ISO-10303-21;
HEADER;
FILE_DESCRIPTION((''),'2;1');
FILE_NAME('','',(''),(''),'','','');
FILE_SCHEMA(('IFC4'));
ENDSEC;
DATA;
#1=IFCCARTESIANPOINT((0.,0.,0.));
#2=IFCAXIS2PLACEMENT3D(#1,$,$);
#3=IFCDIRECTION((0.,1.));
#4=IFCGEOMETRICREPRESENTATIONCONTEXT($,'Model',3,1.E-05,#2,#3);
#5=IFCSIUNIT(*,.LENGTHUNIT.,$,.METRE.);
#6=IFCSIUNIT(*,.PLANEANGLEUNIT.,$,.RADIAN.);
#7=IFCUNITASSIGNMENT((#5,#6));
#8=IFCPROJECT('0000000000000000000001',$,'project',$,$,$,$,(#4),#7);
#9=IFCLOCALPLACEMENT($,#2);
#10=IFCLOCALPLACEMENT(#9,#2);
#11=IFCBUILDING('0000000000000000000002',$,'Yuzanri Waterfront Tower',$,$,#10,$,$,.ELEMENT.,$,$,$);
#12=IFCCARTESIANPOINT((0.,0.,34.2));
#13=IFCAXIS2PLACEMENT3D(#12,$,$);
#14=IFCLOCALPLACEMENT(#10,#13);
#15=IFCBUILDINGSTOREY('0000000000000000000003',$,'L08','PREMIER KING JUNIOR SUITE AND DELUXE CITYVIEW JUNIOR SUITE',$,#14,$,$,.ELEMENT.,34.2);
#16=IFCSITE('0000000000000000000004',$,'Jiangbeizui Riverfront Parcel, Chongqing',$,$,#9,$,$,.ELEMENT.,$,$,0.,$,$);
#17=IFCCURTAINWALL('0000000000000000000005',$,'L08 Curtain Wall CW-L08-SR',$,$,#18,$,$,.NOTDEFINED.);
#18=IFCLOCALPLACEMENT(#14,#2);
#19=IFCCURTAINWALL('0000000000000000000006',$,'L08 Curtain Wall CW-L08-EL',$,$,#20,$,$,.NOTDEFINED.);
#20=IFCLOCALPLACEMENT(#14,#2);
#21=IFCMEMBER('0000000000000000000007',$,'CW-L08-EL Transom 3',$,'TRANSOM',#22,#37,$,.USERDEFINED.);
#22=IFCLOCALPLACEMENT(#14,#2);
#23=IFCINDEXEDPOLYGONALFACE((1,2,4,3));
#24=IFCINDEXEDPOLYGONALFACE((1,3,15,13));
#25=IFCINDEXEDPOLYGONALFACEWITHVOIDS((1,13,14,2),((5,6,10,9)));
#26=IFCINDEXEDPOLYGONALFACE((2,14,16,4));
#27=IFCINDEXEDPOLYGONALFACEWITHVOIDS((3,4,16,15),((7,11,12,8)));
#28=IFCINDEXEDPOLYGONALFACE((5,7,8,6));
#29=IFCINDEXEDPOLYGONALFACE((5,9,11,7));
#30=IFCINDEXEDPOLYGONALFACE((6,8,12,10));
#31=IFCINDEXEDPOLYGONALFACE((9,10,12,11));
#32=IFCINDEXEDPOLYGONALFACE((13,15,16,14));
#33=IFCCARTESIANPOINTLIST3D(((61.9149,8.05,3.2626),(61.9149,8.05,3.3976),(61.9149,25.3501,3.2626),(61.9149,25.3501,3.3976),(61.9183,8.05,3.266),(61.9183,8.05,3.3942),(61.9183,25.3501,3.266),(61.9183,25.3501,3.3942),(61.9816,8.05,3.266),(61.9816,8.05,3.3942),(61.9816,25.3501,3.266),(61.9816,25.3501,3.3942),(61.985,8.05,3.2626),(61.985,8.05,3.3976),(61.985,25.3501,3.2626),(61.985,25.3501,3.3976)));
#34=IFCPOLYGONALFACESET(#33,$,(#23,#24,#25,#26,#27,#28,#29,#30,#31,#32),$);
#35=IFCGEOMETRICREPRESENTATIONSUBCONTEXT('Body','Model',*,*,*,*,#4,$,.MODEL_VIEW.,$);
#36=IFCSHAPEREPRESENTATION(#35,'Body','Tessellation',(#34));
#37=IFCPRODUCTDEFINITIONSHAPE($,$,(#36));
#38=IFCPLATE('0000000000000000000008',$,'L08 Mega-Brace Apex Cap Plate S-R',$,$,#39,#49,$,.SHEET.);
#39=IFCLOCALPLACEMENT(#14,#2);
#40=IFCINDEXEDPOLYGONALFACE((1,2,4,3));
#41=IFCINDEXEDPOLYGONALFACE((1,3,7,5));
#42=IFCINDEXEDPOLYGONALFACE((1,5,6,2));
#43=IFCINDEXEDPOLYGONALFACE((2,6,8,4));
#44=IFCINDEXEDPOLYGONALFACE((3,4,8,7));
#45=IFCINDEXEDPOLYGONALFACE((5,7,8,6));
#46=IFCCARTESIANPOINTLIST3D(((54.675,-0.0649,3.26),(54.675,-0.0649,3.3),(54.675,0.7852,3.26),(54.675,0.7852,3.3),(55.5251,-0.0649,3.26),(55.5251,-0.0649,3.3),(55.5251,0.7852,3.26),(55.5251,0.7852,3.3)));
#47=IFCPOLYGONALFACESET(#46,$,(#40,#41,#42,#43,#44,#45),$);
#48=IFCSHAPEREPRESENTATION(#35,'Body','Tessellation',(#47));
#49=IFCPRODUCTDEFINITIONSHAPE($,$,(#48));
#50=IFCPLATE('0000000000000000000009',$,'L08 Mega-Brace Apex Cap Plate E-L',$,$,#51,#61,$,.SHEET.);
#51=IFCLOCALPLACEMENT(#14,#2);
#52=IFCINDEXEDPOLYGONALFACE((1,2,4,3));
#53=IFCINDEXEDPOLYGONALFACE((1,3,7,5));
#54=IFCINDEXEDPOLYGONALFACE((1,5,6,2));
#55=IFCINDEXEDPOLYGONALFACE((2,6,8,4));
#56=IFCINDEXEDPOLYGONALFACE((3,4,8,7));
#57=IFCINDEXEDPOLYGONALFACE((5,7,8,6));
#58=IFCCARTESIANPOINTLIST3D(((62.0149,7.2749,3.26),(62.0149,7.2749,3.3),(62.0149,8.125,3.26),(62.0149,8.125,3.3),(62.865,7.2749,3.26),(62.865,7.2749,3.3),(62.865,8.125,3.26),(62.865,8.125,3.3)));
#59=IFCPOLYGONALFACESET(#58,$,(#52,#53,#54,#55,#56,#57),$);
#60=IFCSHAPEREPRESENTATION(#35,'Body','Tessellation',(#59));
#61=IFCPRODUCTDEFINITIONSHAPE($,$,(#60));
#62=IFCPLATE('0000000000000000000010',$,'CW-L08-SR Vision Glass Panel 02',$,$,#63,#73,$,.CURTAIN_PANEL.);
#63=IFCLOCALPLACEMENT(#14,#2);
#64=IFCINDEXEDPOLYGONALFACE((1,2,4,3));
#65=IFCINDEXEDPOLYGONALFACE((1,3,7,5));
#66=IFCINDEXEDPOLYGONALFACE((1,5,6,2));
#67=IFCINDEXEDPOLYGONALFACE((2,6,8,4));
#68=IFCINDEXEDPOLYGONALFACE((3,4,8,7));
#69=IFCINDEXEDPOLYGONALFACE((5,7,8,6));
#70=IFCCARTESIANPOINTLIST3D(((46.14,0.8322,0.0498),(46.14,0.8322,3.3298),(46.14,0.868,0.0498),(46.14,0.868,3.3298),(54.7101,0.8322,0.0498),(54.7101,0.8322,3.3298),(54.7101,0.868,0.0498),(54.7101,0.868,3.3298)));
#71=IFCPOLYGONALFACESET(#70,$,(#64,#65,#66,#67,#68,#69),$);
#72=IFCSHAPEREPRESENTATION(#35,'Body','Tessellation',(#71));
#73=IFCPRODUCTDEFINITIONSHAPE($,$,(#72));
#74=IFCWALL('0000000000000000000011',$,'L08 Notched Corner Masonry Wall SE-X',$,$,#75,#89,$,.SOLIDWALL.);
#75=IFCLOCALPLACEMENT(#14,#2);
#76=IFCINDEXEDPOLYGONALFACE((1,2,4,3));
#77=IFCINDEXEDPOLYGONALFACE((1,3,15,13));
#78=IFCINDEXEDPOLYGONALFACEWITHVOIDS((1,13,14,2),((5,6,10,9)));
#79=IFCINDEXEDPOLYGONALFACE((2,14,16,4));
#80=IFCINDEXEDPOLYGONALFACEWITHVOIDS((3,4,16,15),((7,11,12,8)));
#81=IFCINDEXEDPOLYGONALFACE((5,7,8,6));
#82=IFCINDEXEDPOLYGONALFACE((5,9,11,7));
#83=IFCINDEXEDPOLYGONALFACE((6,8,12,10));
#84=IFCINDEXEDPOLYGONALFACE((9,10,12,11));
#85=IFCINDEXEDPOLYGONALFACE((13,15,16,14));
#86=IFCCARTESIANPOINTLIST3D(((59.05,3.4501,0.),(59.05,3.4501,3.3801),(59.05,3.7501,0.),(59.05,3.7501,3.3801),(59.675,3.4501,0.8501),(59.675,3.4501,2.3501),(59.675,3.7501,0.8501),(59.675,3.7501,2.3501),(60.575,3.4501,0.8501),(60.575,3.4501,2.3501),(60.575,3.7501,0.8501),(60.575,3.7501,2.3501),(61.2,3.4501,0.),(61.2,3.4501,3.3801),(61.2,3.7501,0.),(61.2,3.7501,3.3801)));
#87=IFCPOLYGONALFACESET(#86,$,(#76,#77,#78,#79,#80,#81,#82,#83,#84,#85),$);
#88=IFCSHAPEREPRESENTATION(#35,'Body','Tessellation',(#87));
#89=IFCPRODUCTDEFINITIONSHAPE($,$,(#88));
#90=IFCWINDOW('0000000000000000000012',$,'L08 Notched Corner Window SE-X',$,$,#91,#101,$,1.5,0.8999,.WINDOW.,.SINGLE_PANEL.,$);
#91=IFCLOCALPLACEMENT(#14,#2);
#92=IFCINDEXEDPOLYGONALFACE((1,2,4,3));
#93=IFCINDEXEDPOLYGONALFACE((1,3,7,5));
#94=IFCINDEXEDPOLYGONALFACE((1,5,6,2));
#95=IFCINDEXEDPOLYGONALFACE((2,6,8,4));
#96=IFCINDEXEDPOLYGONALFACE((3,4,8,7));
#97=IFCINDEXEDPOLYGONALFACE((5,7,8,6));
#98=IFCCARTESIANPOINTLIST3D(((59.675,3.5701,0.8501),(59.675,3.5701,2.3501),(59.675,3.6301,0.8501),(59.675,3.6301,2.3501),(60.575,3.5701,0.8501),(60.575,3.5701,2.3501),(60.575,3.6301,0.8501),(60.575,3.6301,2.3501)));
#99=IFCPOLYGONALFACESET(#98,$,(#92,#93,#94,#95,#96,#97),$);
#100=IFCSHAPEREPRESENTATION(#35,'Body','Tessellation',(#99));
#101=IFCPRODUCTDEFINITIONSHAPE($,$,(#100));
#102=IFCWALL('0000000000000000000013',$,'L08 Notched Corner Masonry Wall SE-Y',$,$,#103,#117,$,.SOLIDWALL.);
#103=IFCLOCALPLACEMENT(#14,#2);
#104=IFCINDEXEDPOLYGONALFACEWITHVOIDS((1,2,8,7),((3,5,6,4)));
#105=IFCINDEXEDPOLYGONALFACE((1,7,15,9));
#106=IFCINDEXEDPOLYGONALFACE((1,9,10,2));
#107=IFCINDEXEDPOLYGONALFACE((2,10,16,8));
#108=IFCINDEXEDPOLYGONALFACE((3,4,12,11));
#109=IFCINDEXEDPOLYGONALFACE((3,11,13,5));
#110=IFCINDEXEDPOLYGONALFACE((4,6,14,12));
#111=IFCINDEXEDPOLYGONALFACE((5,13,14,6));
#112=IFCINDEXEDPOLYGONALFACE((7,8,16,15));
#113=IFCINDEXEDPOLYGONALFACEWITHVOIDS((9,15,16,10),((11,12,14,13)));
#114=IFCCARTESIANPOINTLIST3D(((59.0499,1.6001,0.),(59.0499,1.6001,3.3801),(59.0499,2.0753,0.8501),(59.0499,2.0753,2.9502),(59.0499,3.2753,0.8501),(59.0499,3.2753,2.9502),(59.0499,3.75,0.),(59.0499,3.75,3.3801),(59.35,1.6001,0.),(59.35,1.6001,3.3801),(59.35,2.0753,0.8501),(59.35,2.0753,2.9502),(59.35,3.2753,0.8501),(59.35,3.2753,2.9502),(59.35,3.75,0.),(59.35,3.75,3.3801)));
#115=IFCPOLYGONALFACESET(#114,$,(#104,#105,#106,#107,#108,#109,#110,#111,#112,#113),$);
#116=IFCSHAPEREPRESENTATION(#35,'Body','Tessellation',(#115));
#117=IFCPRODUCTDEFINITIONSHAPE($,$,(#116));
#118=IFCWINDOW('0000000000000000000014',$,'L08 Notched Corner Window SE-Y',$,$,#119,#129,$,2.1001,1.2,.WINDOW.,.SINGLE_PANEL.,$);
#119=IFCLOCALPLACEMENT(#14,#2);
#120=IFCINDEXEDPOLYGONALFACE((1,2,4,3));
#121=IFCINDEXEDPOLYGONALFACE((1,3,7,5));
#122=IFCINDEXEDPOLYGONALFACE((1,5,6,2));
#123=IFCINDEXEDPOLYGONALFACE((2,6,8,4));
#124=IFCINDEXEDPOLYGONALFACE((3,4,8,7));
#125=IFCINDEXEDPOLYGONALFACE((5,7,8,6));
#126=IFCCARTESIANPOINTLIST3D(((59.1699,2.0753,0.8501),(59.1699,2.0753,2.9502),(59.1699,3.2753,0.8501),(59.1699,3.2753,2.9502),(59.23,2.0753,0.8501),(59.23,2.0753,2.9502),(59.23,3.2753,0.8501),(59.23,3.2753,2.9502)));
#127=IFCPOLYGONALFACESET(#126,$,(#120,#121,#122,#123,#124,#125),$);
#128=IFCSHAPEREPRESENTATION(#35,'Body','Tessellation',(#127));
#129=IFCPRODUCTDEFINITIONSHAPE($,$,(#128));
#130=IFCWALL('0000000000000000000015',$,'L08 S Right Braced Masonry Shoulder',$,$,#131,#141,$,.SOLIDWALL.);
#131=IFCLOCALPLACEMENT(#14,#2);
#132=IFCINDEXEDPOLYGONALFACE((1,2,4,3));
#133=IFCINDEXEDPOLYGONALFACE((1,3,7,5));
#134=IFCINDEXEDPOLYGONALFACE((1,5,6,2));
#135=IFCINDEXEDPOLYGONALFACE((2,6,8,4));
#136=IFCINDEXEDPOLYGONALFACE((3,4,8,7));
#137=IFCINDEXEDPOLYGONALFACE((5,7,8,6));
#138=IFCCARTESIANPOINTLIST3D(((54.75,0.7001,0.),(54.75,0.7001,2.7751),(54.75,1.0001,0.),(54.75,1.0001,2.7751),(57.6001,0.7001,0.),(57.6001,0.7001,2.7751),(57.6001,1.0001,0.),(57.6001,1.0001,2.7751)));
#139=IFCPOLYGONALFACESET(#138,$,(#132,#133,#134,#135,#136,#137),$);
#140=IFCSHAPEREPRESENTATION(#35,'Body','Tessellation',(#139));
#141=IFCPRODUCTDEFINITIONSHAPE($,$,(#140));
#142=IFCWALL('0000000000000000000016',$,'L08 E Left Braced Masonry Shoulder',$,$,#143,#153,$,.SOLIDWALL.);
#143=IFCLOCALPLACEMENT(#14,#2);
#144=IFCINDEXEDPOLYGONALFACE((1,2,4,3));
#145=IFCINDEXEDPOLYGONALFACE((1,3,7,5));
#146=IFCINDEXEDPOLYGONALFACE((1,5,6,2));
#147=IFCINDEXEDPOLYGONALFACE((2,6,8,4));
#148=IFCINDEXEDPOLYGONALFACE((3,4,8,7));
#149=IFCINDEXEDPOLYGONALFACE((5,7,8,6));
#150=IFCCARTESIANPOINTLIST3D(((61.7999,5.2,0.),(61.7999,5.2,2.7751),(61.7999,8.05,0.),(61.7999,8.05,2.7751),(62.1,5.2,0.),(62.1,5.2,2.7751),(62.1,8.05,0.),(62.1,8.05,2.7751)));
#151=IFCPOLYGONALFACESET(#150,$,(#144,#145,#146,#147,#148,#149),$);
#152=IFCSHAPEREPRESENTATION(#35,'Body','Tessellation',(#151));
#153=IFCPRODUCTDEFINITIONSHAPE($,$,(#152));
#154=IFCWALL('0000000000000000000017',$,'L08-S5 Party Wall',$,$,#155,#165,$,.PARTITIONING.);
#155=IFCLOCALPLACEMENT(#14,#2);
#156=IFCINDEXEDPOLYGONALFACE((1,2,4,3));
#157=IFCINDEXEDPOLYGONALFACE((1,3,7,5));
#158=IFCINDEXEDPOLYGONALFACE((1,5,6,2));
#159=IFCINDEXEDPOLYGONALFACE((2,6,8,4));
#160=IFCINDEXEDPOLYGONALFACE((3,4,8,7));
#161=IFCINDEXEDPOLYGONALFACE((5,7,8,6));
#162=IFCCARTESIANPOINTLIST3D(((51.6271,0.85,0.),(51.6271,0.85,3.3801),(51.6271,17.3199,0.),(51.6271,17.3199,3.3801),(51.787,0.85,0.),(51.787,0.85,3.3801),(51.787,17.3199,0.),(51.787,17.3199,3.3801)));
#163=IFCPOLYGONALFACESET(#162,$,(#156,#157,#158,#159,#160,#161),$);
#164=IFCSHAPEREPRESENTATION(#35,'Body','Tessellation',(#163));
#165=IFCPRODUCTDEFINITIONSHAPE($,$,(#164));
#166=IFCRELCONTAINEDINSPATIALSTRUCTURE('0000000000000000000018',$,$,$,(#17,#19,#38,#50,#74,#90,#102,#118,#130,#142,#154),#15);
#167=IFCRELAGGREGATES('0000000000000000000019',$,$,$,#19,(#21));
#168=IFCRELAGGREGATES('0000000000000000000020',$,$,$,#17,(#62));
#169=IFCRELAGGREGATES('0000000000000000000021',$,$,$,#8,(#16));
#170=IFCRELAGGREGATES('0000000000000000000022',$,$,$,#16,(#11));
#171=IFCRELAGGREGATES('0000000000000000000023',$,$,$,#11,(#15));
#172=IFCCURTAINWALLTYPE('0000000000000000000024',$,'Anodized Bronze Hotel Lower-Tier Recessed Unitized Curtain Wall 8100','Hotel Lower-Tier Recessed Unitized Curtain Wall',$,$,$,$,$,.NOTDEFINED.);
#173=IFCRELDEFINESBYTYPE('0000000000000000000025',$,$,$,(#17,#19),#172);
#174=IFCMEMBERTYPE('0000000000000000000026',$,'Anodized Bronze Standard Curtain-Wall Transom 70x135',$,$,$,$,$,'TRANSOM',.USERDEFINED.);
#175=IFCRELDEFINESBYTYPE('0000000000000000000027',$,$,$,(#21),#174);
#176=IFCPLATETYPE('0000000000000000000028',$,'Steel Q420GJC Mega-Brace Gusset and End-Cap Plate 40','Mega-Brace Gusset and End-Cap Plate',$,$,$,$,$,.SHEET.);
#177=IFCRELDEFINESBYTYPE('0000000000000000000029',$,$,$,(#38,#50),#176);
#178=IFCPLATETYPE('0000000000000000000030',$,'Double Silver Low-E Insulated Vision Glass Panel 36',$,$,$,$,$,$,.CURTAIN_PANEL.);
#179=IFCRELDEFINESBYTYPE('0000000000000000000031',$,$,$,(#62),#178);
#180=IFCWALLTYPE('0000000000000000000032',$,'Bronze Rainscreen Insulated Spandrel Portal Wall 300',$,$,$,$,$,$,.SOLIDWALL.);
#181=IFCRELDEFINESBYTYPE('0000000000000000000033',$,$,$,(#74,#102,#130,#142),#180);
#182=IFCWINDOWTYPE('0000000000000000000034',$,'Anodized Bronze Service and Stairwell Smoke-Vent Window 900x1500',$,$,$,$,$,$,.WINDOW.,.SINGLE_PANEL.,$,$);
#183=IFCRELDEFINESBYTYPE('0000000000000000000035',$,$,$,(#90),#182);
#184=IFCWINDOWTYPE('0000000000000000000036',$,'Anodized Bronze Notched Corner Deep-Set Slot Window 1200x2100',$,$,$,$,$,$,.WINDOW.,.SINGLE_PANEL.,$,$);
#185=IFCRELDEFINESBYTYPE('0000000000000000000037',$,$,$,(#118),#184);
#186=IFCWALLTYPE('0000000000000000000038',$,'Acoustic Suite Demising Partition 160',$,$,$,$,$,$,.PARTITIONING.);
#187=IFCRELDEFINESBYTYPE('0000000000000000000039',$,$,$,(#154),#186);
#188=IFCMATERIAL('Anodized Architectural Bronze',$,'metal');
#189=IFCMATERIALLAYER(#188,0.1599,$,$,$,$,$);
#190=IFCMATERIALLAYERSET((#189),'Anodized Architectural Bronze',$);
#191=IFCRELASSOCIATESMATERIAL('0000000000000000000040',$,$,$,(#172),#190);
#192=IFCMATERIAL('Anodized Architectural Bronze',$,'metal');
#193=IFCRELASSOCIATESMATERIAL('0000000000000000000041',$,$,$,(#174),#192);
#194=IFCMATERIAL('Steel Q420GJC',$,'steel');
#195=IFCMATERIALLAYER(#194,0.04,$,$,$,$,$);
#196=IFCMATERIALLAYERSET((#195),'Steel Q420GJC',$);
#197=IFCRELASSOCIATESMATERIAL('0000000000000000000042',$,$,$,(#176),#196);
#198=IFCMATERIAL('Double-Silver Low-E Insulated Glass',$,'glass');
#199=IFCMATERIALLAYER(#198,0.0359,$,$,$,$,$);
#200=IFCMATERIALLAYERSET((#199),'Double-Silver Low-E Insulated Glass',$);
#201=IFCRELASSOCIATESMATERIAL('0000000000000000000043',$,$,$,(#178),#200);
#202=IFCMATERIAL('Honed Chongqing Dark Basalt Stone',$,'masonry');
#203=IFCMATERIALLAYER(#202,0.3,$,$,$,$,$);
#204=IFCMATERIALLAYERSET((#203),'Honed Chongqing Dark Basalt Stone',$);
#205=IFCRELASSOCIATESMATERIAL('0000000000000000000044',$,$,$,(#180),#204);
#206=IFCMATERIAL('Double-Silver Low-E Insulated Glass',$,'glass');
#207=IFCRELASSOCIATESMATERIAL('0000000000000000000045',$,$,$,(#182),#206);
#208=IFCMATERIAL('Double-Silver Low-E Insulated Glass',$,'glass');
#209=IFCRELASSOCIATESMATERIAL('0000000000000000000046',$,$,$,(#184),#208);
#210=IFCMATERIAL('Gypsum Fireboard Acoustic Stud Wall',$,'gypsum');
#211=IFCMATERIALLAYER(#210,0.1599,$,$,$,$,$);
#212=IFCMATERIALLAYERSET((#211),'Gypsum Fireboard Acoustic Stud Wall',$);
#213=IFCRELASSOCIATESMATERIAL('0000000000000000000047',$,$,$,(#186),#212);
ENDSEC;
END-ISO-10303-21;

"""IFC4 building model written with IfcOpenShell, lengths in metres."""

from ifc_helpers import new_model, si_unit, direction, frame, frame_2d, origin, origin_2d, place, context, subcontext, project, spatial, rectangle, hollow_rectangle, extrude, source, transform, mapped, material, layer, layer_set, material_profile, profile_set, type_object, element, fill, aggregate, save


model = new_model("IFC4")

# Units and contexts
model_context = context("Model", 3, precision=1e-05, world=origin(), true_north=direction((0.0, 1.0)))
body_context = subcontext(model_context, "Body", "Model", "MODEL_VIEW")
ifc_project = project(units=[si_unit("LENGTHUNIT", "METRE"), si_unit("PLANEANGLEUNIT", "RADIAN")], contexts=[model_context])

# Site, building, storey
site_placement = place(None, origin())
site = spatial("IfcSite", under=ifc_project, at=site_placement, Name="Jiangbeizui Riverfront Parcel, Chongqing", CompositionType="ELEMENT", RefElevation=0.0)
building_placement = place(site_placement, origin())
building = spatial("IfcBuilding", under=site, at=building_placement, Name="Yuzanri Waterfront Tower", CompositionType="ELEMENT")
storey_placement = place(building_placement, frame((0.0, 0.0, 34.2)))
storey = spatial("IfcBuildingStorey", under=building, at=storey_placement, Name="L08", Description="PREMIER KING JUNIOR SUITE AND DELUXE CITYVIEW JUNIOR SUITE", CompositionType="ELEMENT", Elevation=34.2)

# Curtain walls, member
ifc_material_1 = material(Name="Anodized Architectural Bronze", Category="metal")
ifc_layer_1 = layer(ifc_material_1, 0.1599)
ifc_layer_set_1 = layer_set([ifc_layer_1], Name="Anodized Architectural Bronze")
curtain_wall_type = type_object("IfcCurtainWallType", Name="Anodized Bronze Hotel Lower-Tier Recessed Unitized Curtain Wall 8100", Description="Hotel Lower-Tier Recessed Unitized Curtain Wall", PredefinedType="NOTDEFINED", material=ifc_layer_set_1)
curtain_wall_1_placement = place(storey_placement, origin())
curtain_wall_1 = element("IfcCurtainWall", 1, at=curtain_wall_1_placement, inside=storey, type_object=curtain_wall_type, Name="L08 Curtain Wall CW-L08-SR", PredefinedType="NOTDEFINED")
curtain_wall_2_placement = place(storey_placement, origin())
curtain_wall_2 = element("IfcCurtainWall", 2, at=curtain_wall_2_placement, inside=storey, type_object=curtain_wall_type, Name="L08 Curtain Wall CW-L08-EL", PredefinedType="NOTDEFINED")
ifc_material_2 = material(Name="Anodized Architectural Bronze", Category="metal")
ifc_material_profile_1 = material_profile(ifc_material_2, hollow_rectangle(XDim=0.0701, YDim=0.135, WallThickness=0.0034, at=origin_2d()), Name="CWT 70x135")
ifc_profile_set_1 = profile_set([ifc_material_profile_1], Name="Anodized Architectural Bronze")
member_type_1 = type_object("IfcMemberType", Name="Anodized Bronze Standard Curtain-Wall Transom 70x135", ElementType="TRANSOM", PredefinedType="USERDEFINED", material=ifc_profile_set_1)
shared_shape_1 = source(origin(), body_context, "Body", "SweptSolid", [
    extrude(hollow_rectangle(XDim=0.0701, YDim=0.135, WallThickness=0.0034, at=origin_2d()), origin(), (0.0, 0.0, 1.0), 17.3),
])
member_1_placement = place(storey_placement, frame((61.95, 8.05, 3.3301), z_axis=(0.0, 1.0, 0.0), x_axis=(-1.0, 0.0, 0.0)))
member_1 = element("IfcMember", 3, at=member_1_placement, type_object=member_type_1, Name="CW-L08-EL Transom 3", ObjectType="TRANSOM", PredefinedType="USERDEFINED", context=body_context, shape_type="MappedRepresentation", body=[
    mapped(shared_shape_1, transform((0.0, 0.0, 0.0), scale=1.0)),
])
aggregate(curtain_wall_2, [member_1])

# Plates
ifc_material_3 = material(Name="Steel Q420GJC", Category="steel")
ifc_layer_2 = layer(ifc_material_3, 0.04)
ifc_layer_set_2 = layer_set([ifc_layer_2], Name="Steel Q420GJC")
plate_type_1 = type_object("IfcPlateType", Name="Steel Q420GJC Mega-Brace Gusset and End-Cap Plate 40", Description="Mega-Brace Gusset and End-Cap Plate", PredefinedType="SHEET", material=ifc_layer_set_2)
shared_shape_2 = source(origin(), body_context, "Body", "SweptSolid", [
    extrude(rectangle(XDim=0.8501, YDim=0.8501, at=origin_2d()), origin(), (0.0, 0.0, 1.0), 0.04),
])
for number, where, z_axis, x_axis, name in (
    (4, (55.1001, 0.3601, 3.26), (0.0, 0.0, 1.0), (1.0, 0.0, 0.0), "L08 Mega-Brace Apex Cap Plate S-R"),
    (5, (62.4399, 7.7, 3.26), (0.0, 0.0, 1.0), (1.0, 0.0, 0.0), "L08 Mega-Brace Apex Cap Plate E-L"),
):
    element("IfcPlate", number, at=place(storey_placement, frame(where, z_axis=z_axis, x_axis=x_axis)), inside=storey, type_object=plate_type_1, Name=name, PredefinedType="SHEET", context=body_context, shape_type="MappedRepresentation", body=[
        mapped(shared_shape_2, transform((0.0, 0.0, 0.0), scale=1.0)),
    ])

# Plate
ifc_material_4 = material(Name="Double-Silver Low-E Insulated Glass", Category="glass")
ifc_layer_3 = layer(ifc_material_4, 0.0359)
ifc_layer_set_3 = layer_set([ifc_layer_3], Name="Double-Silver Low-E Insulated Glass")
plate_type_2 = type_object("IfcPlateType", Name="Double Silver Low-E Insulated Vision Glass Panel 36", PredefinedType="CURTAIN_PANEL", material=ifc_layer_set_3)
shared_shape_3 = source(origin(), body_context, "Body", "SweptSolid", [
    extrude(rectangle(XDim=8.5701, YDim=0.0359, at=origin_2d()), origin(), (0.0, 0.0, 1.0), 3.28),
])
plate_placement = place(storey_placement, frame((50.425, 0.8501, 0.0498), z_axis=(0.0, 0.0, 1.0), x_axis=(1.0, 0.0, 0.0)))
plate = element("IfcPlate", 6, at=plate_placement, type_object=plate_type_2, Name="CW-L08-SR Vision Glass Panel 02", PredefinedType="CURTAIN_PANEL", context=body_context, shape_type="MappedRepresentation", body=[
    mapped(shared_shape_3, transform((0.0, 0.0, 0.0), scale=1.0)),
])
aggregate(curtain_wall_1, [plate])

# Walls, openings, windows
ifc_material_5 = material(Name="Honed Chongqing Dark Basalt Stone", Category="masonry")
ifc_layer_4 = layer(ifc_material_5, 0.3)
ifc_layer_set_4 = layer_set([ifc_layer_4], Name="Honed Chongqing Dark Basalt Stone")
wall_type_1 = type_object("IfcWallType", Name="Bronze Rainscreen Insulated Spandrel Portal Wall 300", PredefinedType="SOLIDWALL", material=ifc_layer_set_4)
wall_1_placement = place(storey_placement, frame((59.05, 3.6001, 0.0), z_axis=(0.0, 0.0, 1.0), x_axis=(1.0, 0.0, 0.0)))
wall_1 = element("IfcWall", 7, at=wall_1_placement, inside=storey, type_object=wall_type_1, Name="L08 Notched Corner Masonry Wall SE-X", PredefinedType="SOLIDWALL", context=body_context, shape_type="SweptSolid", body=[
    extrude(rectangle(XDim=2.1499, YDim=0.3, at=frame_2d((1.075, 0.0))), origin(), (0.0, 0.0, 1.0), 3.3801),
])
opening_1_placement = place(wall_1_placement, frame((0.625, 0.0, 0.8501)))
opening_1 = element("IfcOpeningElement", 8, at=opening_1_placement, cuts=wall_1, PredefinedType="OPENING", context=body_context, shape_type="SweptSolid", body=[
    extrude(rectangle(XDim=0.8999, YDim=1.5, at=frame_2d((0.45, 0.75))), frame((0.0, 0.165, 0.0), z_axis=(0.0, -1.0, 0.0), x_axis=(1.0, 0.0, 0.0)), (0.0, 0.0, 1.0), 0.3298),
])
ifc_material_6 = material(Name="Double-Silver Low-E Insulated Glass", Category="glass")
window_type_1 = type_object("IfcWindowType", Name="Anodized Bronze Service and Stairwell Smoke-Vent Window 900x1500", PartitioningType="SINGLE_PANEL", PredefinedType="WINDOW", material=ifc_material_6)
shared_shape_4 = source(origin(), body_context, "Body", "SweptSolid", [
    extrude(rectangle(XDim=0.8999, YDim=1.5, at=frame_2d((0.45, 0.75))), frame((0.0, 0.03, 0.0), z_axis=(0.0, -1.0, 0.0), x_axis=(1.0, 0.0, 0.0)), (0.0, 0.0, 1.0), 0.0601),
])
window_1_placement = place(opening_1_placement, origin())
window_1 = element("IfcWindow", 9, at=window_1_placement, inside=storey, type_object=window_type_1, Name="L08 Notched Corner Window SE-X", OverallHeight=1.5, OverallWidth=0.8999, PartitioningType="SINGLE_PANEL", PredefinedType="WINDOW", context=body_context, shape_type="MappedRepresentation", body=[
    mapped(shared_shape_4, transform((0.0, 0.0, 0.0), scale=1.0)),
])
fill(opening_1, window_1)
wall_2_placement = place(storey_placement, frame((59.2, 1.6001, 0.0), z_axis=(0.0, 0.0, 1.0), x_axis=(0.0, 1.0, 0.0)))
wall_2 = element("IfcWall", 10, at=wall_2_placement, inside=storey, type_object=wall_type_1, Name="L08 Notched Corner Masonry Wall SE-Y", PredefinedType="SOLIDWALL", context=body_context, shape_type="SweptSolid", body=[
    extrude(rectangle(XDim=2.1499, YDim=0.3, at=frame_2d((1.075, 0.0))), origin(), (0.0, 0.0, 1.0), 3.3801),
])
opening_2_placement = place(wall_2_placement, frame((0.4751, 0.0, 0.8501)))
opening_2 = element("IfcOpeningElement", 11, at=opening_2_placement, cuts=wall_2, PredefinedType="OPENING", context=body_context, shape_type="SweptSolid", body=[
    extrude(rectangle(XDim=1.2, YDim=2.1001, at=frame_2d((0.6001, 1.05))), frame((0.0, 0.165, 0.0), z_axis=(0.0, -1.0, 0.0), x_axis=(1.0, 0.0, 0.0)), (0.0, 0.0, 1.0), 0.3298),
])
ifc_material_7 = material(Name="Double-Silver Low-E Insulated Glass", Category="glass")
window_type_2 = type_object("IfcWindowType", Name="Anodized Bronze Notched Corner Deep-Set Slot Window 1200x2100", PartitioningType="SINGLE_PANEL", PredefinedType="WINDOW", material=ifc_material_7)
shared_shape_5 = source(origin(), body_context, "Body", "SweptSolid", [
    extrude(rectangle(XDim=1.2, YDim=2.1001, at=frame_2d((0.6001, 1.05))), frame((0.0, 0.03, 0.0), z_axis=(0.0, -1.0, 0.0), x_axis=(1.0, 0.0, 0.0)), (0.0, 0.0, 1.0), 0.0601),
])
window_2_placement = place(opening_2_placement, origin())
window_2 = element("IfcWindow", 12, at=window_2_placement, inside=storey, type_object=window_type_2, Name="L08 Notched Corner Window SE-Y", OverallHeight=2.1001, OverallWidth=1.2, PartitioningType="SINGLE_PANEL", PredefinedType="WINDOW", context=body_context, shape_type="MappedRepresentation", body=[
    mapped(shared_shape_5, transform((0.0, 0.0, 0.0), scale=1.0)),
])
fill(opening_2, window_2)

# Walls
shared_shape_6 = source(origin(), body_context, "Body", "SweptSolid", [
    extrude(rectangle(XDim=2.8501, YDim=0.3, at=frame_2d((1.425, 0.0))), origin(), (0.0, 0.0, 1.0), 2.7751),
])
for number, where, z_axis, x_axis, name in (
    (13, (54.75, 0.8501, 0.0), (0.0, 0.0, 1.0), (1.0, 0.0, 0.0), "L08 S Right Braced Masonry Shoulder"),
    (14, (61.95, 5.2, 0.0), (0.0, 0.0, 1.0), (0.0, 1.0, 0.0), "L08 E Left Braced Masonry Shoulder"),
):
    element("IfcWall", number, at=place(storey_placement, frame(where, z_axis=z_axis, x_axis=x_axis)), inside=storey, type_object=wall_type_1, Name=name, PredefinedType="SOLIDWALL", context=body_context, shape_type="MappedRepresentation", body=[
        mapped(shared_shape_6, transform((0.0, 0.0, 0.0), scale=1.0)),
    ])
ifc_material_8 = material(Name="Gypsum Fireboard Acoustic Stud Wall", Category="gypsum")
ifc_layer_5 = layer(ifc_material_8, 0.1599)
ifc_layer_set_5 = layer_set([ifc_layer_5], Name="Gypsum Fireboard Acoustic Stud Wall")
wall_type_2 = type_object("IfcWallType", Name="Acoustic Suite Demising Partition 160", PredefinedType="PARTITIONING", material=ifc_layer_set_5)
shared_shape_7 = source(origin(), body_context, "Body", "SweptSolid", [
    extrude(rectangle(XDim=16.47, YDim=0.1599, at=frame_2d((8.2349, 0.0))), origin(), (0.0, 0.0, 1.0), 3.3801),
])
wall_3_placement = place(storey_placement, frame((51.707, 0.8501, 0.0), z_axis=(0.0, 0.0, 1.0), x_axis=(0.0, 1.0, 0.0)))
element("IfcWall", 15, at=wall_3_placement, inside=storey, type_object=wall_type_2, Name="L08-S5 Party Wall", PredefinedType="PARTITIONING", context=body_context, shape_type="MappedRepresentation", body=[
    mapped(shared_shape_7, transform((0.0, 0.0, 0.0), scale=1.0)),
])

save(model, "model.ifc")
